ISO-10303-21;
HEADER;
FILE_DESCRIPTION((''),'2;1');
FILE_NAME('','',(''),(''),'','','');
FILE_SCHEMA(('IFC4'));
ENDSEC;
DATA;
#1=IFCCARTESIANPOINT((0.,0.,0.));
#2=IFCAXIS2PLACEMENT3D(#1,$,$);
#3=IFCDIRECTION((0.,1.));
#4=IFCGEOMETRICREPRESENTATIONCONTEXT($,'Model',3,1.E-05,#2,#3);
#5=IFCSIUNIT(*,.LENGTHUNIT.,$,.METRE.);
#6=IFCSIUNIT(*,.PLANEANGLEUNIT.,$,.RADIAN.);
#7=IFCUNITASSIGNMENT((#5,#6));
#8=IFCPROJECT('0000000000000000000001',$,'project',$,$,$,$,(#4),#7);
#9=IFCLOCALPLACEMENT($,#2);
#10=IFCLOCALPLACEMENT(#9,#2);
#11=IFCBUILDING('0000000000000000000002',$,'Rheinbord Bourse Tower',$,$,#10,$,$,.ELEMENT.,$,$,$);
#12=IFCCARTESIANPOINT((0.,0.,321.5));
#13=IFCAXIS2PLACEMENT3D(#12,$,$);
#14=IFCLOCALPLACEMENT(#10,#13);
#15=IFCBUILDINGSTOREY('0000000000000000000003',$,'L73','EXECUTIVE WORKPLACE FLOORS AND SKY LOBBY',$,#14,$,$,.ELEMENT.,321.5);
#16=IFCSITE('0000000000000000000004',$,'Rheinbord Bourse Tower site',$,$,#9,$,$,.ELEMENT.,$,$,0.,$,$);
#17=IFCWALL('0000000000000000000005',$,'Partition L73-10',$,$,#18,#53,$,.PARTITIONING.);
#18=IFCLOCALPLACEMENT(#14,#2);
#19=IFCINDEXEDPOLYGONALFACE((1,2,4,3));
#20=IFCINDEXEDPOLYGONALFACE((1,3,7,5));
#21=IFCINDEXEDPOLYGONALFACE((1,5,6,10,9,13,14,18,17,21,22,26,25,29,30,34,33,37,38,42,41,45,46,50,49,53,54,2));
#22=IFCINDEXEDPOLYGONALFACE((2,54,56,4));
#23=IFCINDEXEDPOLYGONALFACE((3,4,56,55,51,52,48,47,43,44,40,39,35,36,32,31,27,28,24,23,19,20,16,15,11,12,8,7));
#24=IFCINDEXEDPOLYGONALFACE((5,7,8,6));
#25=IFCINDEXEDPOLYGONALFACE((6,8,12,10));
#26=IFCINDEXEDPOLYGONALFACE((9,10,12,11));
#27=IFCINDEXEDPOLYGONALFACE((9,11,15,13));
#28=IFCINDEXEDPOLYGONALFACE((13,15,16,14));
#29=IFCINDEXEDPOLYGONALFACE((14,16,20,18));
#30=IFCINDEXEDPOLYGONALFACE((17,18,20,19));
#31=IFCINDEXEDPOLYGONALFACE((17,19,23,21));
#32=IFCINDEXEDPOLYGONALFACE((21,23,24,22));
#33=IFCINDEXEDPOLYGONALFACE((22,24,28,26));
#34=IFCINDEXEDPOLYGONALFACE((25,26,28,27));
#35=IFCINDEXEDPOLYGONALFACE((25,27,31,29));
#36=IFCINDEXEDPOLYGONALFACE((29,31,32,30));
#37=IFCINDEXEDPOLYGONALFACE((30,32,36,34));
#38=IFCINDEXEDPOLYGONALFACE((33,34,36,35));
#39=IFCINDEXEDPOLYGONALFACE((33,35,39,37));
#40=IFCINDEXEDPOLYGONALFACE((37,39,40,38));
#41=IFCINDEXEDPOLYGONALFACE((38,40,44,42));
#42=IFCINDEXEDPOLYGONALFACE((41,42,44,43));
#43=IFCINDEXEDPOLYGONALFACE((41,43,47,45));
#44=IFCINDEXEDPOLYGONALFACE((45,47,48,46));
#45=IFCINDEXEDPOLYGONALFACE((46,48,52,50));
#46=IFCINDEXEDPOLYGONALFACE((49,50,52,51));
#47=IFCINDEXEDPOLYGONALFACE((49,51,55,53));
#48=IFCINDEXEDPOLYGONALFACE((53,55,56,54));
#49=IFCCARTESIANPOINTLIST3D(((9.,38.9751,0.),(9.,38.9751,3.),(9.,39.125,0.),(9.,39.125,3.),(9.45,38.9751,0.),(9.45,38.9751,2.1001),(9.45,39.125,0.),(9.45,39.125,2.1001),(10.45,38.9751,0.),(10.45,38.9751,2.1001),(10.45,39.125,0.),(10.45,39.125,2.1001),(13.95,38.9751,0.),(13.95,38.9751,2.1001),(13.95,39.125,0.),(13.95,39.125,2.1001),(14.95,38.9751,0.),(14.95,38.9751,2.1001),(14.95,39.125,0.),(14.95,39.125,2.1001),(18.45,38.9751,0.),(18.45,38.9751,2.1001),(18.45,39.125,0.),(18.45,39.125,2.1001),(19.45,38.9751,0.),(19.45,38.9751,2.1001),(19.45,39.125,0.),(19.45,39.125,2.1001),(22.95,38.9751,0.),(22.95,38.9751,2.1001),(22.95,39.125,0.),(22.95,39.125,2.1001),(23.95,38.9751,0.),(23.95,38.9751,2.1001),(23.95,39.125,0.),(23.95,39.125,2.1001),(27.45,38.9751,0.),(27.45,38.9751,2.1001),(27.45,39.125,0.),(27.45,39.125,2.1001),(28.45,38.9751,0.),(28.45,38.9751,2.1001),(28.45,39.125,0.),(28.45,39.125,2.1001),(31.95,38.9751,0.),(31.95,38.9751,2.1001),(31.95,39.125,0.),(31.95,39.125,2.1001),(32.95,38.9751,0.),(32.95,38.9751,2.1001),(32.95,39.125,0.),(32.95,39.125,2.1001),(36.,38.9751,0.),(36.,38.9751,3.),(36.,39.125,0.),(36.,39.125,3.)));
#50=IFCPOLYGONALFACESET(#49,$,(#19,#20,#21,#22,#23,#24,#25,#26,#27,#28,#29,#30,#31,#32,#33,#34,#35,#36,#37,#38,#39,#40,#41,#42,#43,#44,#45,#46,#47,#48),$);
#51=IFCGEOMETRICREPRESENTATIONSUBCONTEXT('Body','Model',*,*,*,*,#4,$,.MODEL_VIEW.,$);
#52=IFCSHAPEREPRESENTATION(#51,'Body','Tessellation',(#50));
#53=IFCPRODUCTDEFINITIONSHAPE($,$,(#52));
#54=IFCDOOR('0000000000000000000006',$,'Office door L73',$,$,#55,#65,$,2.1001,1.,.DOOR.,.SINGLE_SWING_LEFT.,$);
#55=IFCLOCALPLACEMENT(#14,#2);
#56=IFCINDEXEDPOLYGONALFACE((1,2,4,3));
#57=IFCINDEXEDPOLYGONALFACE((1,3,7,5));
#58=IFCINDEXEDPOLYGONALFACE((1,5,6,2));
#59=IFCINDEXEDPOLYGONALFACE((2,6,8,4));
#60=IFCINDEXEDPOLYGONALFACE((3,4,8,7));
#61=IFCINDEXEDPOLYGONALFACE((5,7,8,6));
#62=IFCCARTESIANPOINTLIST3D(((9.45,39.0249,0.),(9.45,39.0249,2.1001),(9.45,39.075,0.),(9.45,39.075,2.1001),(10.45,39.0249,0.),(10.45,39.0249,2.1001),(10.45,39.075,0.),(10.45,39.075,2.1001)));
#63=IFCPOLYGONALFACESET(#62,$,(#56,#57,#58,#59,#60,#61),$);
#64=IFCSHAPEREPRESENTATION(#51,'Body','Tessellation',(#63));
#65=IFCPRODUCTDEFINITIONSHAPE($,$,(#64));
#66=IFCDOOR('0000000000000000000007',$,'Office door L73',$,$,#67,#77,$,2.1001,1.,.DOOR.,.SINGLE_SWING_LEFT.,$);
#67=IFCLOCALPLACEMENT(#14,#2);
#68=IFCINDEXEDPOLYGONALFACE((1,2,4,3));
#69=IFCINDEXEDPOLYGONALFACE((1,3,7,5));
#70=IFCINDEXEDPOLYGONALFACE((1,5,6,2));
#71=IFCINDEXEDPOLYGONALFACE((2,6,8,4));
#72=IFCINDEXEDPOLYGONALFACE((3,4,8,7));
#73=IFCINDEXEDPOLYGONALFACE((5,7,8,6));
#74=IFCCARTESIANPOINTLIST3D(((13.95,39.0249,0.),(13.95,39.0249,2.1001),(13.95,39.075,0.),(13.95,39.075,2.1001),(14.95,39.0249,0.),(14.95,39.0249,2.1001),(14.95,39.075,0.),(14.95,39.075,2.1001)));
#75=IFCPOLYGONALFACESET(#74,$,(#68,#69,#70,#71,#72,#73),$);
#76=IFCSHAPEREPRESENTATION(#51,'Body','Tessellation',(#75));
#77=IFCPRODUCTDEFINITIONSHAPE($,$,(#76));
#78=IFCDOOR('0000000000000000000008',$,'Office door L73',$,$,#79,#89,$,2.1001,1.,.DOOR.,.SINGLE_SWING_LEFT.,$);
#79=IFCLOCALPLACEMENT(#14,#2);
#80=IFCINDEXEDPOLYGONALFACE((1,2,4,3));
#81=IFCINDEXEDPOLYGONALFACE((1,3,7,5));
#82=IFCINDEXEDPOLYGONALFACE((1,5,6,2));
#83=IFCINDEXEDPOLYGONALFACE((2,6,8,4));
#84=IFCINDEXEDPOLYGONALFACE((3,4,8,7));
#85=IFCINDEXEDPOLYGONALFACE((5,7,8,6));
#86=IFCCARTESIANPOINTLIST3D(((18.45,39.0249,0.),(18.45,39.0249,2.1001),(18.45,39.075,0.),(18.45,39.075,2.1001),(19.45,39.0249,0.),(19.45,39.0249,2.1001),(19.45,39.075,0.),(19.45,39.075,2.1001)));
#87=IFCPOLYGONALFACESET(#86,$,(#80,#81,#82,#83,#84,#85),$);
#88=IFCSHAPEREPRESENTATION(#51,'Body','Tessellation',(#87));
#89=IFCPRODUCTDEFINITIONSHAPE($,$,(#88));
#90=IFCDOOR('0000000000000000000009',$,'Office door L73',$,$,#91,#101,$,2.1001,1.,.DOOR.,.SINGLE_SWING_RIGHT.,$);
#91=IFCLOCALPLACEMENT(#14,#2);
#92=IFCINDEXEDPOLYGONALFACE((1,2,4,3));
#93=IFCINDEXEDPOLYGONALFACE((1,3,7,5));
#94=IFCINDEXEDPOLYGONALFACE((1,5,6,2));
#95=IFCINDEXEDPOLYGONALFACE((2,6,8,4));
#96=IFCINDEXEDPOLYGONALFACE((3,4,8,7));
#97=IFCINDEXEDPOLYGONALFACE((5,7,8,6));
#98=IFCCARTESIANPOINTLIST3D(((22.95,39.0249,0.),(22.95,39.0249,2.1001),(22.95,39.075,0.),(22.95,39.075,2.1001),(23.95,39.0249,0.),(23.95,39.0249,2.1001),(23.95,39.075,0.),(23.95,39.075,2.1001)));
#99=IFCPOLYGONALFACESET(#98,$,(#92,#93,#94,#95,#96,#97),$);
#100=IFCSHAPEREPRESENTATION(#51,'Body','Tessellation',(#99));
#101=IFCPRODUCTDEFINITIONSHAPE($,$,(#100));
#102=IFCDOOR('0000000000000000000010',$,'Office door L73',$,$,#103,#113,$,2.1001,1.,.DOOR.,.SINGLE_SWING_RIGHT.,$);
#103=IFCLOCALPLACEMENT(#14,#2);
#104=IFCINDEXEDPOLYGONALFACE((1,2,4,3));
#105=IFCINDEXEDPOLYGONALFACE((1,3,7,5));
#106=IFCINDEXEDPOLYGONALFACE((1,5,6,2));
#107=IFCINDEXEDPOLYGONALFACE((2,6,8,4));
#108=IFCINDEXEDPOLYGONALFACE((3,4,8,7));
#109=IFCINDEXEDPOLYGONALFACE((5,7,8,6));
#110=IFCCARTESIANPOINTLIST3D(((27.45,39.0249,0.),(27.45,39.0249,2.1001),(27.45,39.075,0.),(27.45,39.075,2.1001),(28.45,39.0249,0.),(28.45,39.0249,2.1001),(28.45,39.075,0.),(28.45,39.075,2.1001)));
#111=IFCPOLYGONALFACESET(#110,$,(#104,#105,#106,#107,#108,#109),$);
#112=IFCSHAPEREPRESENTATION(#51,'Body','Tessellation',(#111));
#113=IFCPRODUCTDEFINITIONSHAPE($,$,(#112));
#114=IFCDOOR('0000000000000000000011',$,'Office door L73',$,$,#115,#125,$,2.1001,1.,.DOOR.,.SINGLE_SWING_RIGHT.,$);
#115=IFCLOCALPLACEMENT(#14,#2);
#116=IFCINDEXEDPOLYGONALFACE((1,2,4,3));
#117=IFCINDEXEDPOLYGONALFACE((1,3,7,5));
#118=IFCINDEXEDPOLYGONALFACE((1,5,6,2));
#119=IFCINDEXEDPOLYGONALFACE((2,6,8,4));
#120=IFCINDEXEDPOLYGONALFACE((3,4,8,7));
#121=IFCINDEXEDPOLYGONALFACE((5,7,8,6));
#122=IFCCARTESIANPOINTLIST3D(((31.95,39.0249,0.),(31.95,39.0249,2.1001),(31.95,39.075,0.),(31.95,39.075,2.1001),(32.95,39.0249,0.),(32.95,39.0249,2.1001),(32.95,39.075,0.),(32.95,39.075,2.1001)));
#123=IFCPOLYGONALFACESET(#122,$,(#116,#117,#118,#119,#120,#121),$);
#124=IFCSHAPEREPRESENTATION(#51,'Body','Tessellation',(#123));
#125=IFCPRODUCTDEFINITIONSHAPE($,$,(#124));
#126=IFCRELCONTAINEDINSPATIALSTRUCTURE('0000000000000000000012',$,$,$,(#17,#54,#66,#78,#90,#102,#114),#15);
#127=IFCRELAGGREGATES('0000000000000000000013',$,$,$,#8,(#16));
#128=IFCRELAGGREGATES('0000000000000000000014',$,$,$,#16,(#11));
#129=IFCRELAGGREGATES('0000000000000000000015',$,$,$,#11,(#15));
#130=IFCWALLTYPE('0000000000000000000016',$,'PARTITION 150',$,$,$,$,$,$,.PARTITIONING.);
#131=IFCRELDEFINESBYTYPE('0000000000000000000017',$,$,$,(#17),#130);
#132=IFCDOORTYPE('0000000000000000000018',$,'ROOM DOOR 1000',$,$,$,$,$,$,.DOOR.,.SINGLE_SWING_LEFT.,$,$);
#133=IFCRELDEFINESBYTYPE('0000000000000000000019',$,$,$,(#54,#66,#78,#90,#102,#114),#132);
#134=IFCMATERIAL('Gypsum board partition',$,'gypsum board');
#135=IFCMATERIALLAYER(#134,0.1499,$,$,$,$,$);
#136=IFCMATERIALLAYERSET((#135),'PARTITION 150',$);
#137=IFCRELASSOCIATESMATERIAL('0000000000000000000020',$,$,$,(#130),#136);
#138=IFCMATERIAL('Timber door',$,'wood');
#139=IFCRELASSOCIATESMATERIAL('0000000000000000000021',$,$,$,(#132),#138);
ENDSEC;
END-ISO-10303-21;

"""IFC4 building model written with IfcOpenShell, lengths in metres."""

from ifc_helpers import new_model, si_unit, direction, frame, frame_2d, origin, place, context, subcontext, project, spatial, rectangle, extrude, material, layer, layer_set, type_object, element, fill, save


model = new_model("IFC4")

# Units and contexts
model_context = context("Model", 3, precision=1e-05, world=origin(), true_north=direction((0.0, 1.0)))
body_context = subcontext(model_context, "Body", "Model", "MODEL_VIEW")
ifc_project = project(units=[si_unit("LENGTHUNIT", "METRE"), si_unit("PLANEANGLEUNIT", "RADIAN")], contexts=[model_context])

# Site, building, storey
site_placement = place(None, origin())
site = spatial("IfcSite", under=ifc_project, at=site_placement, Name="Rheinbord Bourse Tower site", CompositionType="ELEMENT", RefElevation=0.0)
building_placement = place(site_placement, origin())
building = spatial("IfcBuilding", under=site, at=building_placement, Name="Rheinbord Bourse Tower", CompositionType="ELEMENT")
storey_placement = place(building_placement, frame((0.0, 0.0, 321.5)))
storey = spatial("IfcBuildingStorey", under=building, at=storey_placement, Name="L73", Description="EXECUTIVE WORKPLACE FLOORS AND SKY LOBBY", CompositionType="ELEMENT", Elevation=321.5)

# Wall, openings, doors
ifc_material_1 = material(Name="Gypsum board partition", Category="gypsum board")
ifc_layer_1 = layer(ifc_material_1, 0.1499)
ifc_layer_set_1 = layer_set([ifc_layer_1], Name="PARTITION 150")
wall_type_1 = type_object("IfcWallType", Name="PARTITION 150", PredefinedType="PARTITIONING", material=ifc_layer_set_1)
wall_1_placement = place(storey_placement, frame((9.0, 39.05, 0.0), z_axis=(0.0, 0.0, 1.0), x_axis=(1.0, 0.0, 0.0)))
wall_1 = element("IfcWall", 1, at=wall_1_placement, inside=storey, type_object=wall_type_1, Name="Partition L73-10", PredefinedType="PARTITIONING", context=body_context, shape_type="SweptSolid", body=[
    extrude(rectangle(XDim=27.0, YDim=0.1499, at=frame_2d((13.5, 0.0))), origin(), (0.0, 0.0, 1.0), 3.0),
])
opening_1_placement = place(wall_1_placement, frame((0.45, 0.0, 0.0)))
opening_1 = element("IfcOpeningElement", 2, at=opening_1_placement, cuts=wall_1, PredefinedType="OPENING", context=body_context, shape_type="SweptSolid", body=[
    extrude(rectangle(XDim=1.0, YDim=2.1001, at=frame_2d((0.5, 1.05))), frame((0.0, 0.085, 0.0), z_axis=(0.0, -1.0, 0.0), x_axis=(1.0, 0.0, 0.0)), (0.0, 0.0, 1.0), 0.1699),
])
opening_2_placement = place(wall_1_placement, frame((4.95, 0.0, 0.0)))
opening_2 = element("IfcOpeningElement", 3, at=opening_2_placement, cuts=wall_1, PredefinedType="OPENING", context=body_context, shape_type="SweptSolid", body=[
    extrude(rectangle(XDim=1.0, YDim=2.1001, at=frame_2d((0.5, 1.05))), frame((0.0, 0.085, 0.0), z_axis=(0.0, -1.0, 0.0), x_axis=(1.0, 0.0, 0.0)), (0.0, 0.0, 1.0), 0.1699),
])
opening_3_placement = place(wall_1_placement, frame((9.45, 0.0, 0.0)))
opening_3 = element("IfcOpeningElement", 4, at=opening_3_placement, cuts=wall_1, PredefinedType="OPENING", context=body_context, shape_type="SweptSolid", body=[
    extrude(rectangle(XDim=1.0, YDim=2.1001, at=frame_2d((0.5, 1.05))), frame((0.0, 0.085, 0.0), z_axis=(0.0, -1.0, 0.0), x_axis=(1.0, 0.0, 0.0)), (0.0, 0.0, 1.0), 0.1699),
])
opening_4_placement = place(wall_1_placement, frame((13.95, 0.0, 0.0)))
opening_4 = element("IfcOpeningElement", 5, at=opening_4_placement, cuts=wall_1, PredefinedType="OPENING", context=body_context, shape_type="SweptSolid", body=[
    extrude(rectangle(XDim=1.0, YDim=2.1001, at=frame_2d((0.5, 1.05))), frame((0.0, 0.085, 0.0), z_axis=(0.0, -1.0, 0.0), x_axis=(1.0, 0.0, 0.0)), (0.0, 0.0, 1.0), 0.1699),
])
opening_5_placement = place(wall_1_placement, frame((18.45, 0.0, 0.0)))
opening_5 = element("IfcOpeningElement", 6, at=opening_5_placement, cuts=wall_1, PredefinedType="OPENING", context=body_context, shape_type="SweptSolid", body=[
    extrude(rectangle(XDim=1.0, YDim=2.1001, at=frame_2d((0.5, 1.05))), frame((0.0, 0.085, 0.0), z_axis=(0.0, -1.0, 0.0), x_axis=(1.0, 0.0, 0.0)), (0.0, 0.0, 1.0), 0.1699),
])
opening_6_placement = place(wall_1_placement, frame((22.95, 0.0, 0.0)))
opening_6 = element("IfcOpeningElement", 7, at=opening_6_placement, cuts=wall_1, PredefinedType="OPENING", context=body_context, shape_type="SweptSolid", body=[
    extrude(rectangle(XDim=1.0, YDim=2.1001, at=frame_2d((0.5, 1.05))), frame((0.0, 0.085, 0.0), z_axis=(0.0, -1.0, 0.0), x_axis=(1.0, 0.0, 0.0)), (0.0, 0.0, 1.0), 0.1699),
])
ifc_material_2 = material(Name="Timber door", Category="wood")
door_type = type_object("IfcDoorType", Name="ROOM DOOR 1000", OperationType="SINGLE_SWING_LEFT", PredefinedType="DOOR", material=ifc_material_2)
door_1_placement = place(opening_1_placement, origin())
door_1 = element("IfcDoor", 8, at=door_1_placement, inside=storey, type_object=door_type, Name="Office door L73", OperationType="SINGLE_SWING_LEFT", OverallHeight=2.1001, OverallWidth=1.0, PredefinedType="DOOR", context=body_context, shape_type="SweptSolid", body=[
    extrude(rectangle(XDim=1.0, YDim=2.1001, at=frame_2d((0.5, 1.05))), frame((0.0, 0.0249, 0.0), z_axis=(0.0, -1.0, 0.0), x_axis=(1.0, 0.0, 0.0)), (0.0, 0.0, 1.0), 0.05),
])
fill(opening_1, door_1)
door_2_placement = place(opening_2_placement, origin())
door_2 = element("IfcDoor", 9, at=door_2_placement, inside=storey, type_object=door_type, Name="Office door L73", OperationType="SINGLE_SWING_LEFT", OverallHeight=2.1001, OverallWidth=1.0, PredefinedType="DOOR", context=body_context, shape_type="SweptSolid", body=[
    extrude(rectangle(XDim=1.0, YDim=2.1001, at=frame_2d((0.5, 1.05))), frame((0.0, 0.0249, 0.0), z_axis=(0.0, -1.0, 0.0), x_axis=(1.0, 0.0, 0.0)), (0.0, 0.0, 1.0), 0.05),
])
fill(opening_2, door_2)
door_3_placement = place(opening_3_placement, origin())
door_3 = element("IfcDoor", 10, at=door_3_placement, inside=storey, type_object=door_type, Name="Office door L73", OperationType="SINGLE_SWING_LEFT", OverallHeight=2.1001, OverallWidth=1.0, PredefinedType="DOOR", context=body_context, shape_type="SweptSolid", body=[
    extrude(rectangle(XDim=1.0, YDim=2.1001, at=frame_2d((0.5, 1.05))), frame((0.0, 0.0249, 0.0), z_axis=(0.0, -1.0, 0.0), x_axis=(1.0, 0.0, 0.0)), (0.0, 0.0, 1.0), 0.05),
])
fill(opening_3, door_3)
door_4_placement = place(opening_4_placement, origin())
door_4 = element("IfcDoor", 11, at=door_4_placement, inside=storey, type_object=door_type, Name="Office door L73", OperationType="SINGLE_SWING_RIGHT", OverallHeight=2.1001, OverallWidth=1.0, PredefinedType="DOOR", context=body_context, shape_type="SweptSolid", body=[
    extrude(rectangle(XDim=1.0, YDim=2.1001, at=frame_2d((0.5, 1.05))), frame((0.0, 0.0249, 0.0), z_axis=(0.0, -1.0, 0.0), x_axis=(1.0, 0.0, 0.0)), (0.0, 0.0, 1.0), 0.05),
])
fill(opening_4, door_4)
door_5_placement = place(opening_5_placement, origin())
door_5 = element("IfcDoor", 12, at=door_5_placement, inside=storey, type_object=door_type, Name="Office door L73", OperationType="SINGLE_SWING_RIGHT", OverallHeight=2.1001, OverallWidth=1.0, PredefinedType="DOOR", context=body_context, shape_type="SweptSolid", body=[
    extrude(rectangle(XDim=1.0, YDim=2.1001, at=frame_2d((0.5, 1.05))), frame((0.0, 0.0249, 0.0), z_axis=(0.0, -1.0, 0.0), x_axis=(1.0, 0.0, 0.0)), (0.0, 0.0, 1.0), 0.05),
])
fill(opening_5, door_5)
door_6_placement = place(opening_6_placement, origin())
door_6 = element("IfcDoor", 13, at=door_6_placement, inside=storey, type_object=door_type, Name="Office door L73", OperationType="SINGLE_SWING_RIGHT", OverallHeight=2.1001, OverallWidth=1.0, PredefinedType="DOOR", context=body_context, shape_type="SweptSolid", body=[
    extrude(rectangle(XDim=1.0, YDim=2.1001, at=frame_2d((0.5, 1.05))), frame((0.0, 0.0249, 0.0), z_axis=(0.0, -1.0, 0.0), x_axis=(1.0, 0.0, 0.0)), (0.0, 0.0, 1.0), 0.05),
])
fill(opening_6, door_6)

save(model, "model.ifc")
